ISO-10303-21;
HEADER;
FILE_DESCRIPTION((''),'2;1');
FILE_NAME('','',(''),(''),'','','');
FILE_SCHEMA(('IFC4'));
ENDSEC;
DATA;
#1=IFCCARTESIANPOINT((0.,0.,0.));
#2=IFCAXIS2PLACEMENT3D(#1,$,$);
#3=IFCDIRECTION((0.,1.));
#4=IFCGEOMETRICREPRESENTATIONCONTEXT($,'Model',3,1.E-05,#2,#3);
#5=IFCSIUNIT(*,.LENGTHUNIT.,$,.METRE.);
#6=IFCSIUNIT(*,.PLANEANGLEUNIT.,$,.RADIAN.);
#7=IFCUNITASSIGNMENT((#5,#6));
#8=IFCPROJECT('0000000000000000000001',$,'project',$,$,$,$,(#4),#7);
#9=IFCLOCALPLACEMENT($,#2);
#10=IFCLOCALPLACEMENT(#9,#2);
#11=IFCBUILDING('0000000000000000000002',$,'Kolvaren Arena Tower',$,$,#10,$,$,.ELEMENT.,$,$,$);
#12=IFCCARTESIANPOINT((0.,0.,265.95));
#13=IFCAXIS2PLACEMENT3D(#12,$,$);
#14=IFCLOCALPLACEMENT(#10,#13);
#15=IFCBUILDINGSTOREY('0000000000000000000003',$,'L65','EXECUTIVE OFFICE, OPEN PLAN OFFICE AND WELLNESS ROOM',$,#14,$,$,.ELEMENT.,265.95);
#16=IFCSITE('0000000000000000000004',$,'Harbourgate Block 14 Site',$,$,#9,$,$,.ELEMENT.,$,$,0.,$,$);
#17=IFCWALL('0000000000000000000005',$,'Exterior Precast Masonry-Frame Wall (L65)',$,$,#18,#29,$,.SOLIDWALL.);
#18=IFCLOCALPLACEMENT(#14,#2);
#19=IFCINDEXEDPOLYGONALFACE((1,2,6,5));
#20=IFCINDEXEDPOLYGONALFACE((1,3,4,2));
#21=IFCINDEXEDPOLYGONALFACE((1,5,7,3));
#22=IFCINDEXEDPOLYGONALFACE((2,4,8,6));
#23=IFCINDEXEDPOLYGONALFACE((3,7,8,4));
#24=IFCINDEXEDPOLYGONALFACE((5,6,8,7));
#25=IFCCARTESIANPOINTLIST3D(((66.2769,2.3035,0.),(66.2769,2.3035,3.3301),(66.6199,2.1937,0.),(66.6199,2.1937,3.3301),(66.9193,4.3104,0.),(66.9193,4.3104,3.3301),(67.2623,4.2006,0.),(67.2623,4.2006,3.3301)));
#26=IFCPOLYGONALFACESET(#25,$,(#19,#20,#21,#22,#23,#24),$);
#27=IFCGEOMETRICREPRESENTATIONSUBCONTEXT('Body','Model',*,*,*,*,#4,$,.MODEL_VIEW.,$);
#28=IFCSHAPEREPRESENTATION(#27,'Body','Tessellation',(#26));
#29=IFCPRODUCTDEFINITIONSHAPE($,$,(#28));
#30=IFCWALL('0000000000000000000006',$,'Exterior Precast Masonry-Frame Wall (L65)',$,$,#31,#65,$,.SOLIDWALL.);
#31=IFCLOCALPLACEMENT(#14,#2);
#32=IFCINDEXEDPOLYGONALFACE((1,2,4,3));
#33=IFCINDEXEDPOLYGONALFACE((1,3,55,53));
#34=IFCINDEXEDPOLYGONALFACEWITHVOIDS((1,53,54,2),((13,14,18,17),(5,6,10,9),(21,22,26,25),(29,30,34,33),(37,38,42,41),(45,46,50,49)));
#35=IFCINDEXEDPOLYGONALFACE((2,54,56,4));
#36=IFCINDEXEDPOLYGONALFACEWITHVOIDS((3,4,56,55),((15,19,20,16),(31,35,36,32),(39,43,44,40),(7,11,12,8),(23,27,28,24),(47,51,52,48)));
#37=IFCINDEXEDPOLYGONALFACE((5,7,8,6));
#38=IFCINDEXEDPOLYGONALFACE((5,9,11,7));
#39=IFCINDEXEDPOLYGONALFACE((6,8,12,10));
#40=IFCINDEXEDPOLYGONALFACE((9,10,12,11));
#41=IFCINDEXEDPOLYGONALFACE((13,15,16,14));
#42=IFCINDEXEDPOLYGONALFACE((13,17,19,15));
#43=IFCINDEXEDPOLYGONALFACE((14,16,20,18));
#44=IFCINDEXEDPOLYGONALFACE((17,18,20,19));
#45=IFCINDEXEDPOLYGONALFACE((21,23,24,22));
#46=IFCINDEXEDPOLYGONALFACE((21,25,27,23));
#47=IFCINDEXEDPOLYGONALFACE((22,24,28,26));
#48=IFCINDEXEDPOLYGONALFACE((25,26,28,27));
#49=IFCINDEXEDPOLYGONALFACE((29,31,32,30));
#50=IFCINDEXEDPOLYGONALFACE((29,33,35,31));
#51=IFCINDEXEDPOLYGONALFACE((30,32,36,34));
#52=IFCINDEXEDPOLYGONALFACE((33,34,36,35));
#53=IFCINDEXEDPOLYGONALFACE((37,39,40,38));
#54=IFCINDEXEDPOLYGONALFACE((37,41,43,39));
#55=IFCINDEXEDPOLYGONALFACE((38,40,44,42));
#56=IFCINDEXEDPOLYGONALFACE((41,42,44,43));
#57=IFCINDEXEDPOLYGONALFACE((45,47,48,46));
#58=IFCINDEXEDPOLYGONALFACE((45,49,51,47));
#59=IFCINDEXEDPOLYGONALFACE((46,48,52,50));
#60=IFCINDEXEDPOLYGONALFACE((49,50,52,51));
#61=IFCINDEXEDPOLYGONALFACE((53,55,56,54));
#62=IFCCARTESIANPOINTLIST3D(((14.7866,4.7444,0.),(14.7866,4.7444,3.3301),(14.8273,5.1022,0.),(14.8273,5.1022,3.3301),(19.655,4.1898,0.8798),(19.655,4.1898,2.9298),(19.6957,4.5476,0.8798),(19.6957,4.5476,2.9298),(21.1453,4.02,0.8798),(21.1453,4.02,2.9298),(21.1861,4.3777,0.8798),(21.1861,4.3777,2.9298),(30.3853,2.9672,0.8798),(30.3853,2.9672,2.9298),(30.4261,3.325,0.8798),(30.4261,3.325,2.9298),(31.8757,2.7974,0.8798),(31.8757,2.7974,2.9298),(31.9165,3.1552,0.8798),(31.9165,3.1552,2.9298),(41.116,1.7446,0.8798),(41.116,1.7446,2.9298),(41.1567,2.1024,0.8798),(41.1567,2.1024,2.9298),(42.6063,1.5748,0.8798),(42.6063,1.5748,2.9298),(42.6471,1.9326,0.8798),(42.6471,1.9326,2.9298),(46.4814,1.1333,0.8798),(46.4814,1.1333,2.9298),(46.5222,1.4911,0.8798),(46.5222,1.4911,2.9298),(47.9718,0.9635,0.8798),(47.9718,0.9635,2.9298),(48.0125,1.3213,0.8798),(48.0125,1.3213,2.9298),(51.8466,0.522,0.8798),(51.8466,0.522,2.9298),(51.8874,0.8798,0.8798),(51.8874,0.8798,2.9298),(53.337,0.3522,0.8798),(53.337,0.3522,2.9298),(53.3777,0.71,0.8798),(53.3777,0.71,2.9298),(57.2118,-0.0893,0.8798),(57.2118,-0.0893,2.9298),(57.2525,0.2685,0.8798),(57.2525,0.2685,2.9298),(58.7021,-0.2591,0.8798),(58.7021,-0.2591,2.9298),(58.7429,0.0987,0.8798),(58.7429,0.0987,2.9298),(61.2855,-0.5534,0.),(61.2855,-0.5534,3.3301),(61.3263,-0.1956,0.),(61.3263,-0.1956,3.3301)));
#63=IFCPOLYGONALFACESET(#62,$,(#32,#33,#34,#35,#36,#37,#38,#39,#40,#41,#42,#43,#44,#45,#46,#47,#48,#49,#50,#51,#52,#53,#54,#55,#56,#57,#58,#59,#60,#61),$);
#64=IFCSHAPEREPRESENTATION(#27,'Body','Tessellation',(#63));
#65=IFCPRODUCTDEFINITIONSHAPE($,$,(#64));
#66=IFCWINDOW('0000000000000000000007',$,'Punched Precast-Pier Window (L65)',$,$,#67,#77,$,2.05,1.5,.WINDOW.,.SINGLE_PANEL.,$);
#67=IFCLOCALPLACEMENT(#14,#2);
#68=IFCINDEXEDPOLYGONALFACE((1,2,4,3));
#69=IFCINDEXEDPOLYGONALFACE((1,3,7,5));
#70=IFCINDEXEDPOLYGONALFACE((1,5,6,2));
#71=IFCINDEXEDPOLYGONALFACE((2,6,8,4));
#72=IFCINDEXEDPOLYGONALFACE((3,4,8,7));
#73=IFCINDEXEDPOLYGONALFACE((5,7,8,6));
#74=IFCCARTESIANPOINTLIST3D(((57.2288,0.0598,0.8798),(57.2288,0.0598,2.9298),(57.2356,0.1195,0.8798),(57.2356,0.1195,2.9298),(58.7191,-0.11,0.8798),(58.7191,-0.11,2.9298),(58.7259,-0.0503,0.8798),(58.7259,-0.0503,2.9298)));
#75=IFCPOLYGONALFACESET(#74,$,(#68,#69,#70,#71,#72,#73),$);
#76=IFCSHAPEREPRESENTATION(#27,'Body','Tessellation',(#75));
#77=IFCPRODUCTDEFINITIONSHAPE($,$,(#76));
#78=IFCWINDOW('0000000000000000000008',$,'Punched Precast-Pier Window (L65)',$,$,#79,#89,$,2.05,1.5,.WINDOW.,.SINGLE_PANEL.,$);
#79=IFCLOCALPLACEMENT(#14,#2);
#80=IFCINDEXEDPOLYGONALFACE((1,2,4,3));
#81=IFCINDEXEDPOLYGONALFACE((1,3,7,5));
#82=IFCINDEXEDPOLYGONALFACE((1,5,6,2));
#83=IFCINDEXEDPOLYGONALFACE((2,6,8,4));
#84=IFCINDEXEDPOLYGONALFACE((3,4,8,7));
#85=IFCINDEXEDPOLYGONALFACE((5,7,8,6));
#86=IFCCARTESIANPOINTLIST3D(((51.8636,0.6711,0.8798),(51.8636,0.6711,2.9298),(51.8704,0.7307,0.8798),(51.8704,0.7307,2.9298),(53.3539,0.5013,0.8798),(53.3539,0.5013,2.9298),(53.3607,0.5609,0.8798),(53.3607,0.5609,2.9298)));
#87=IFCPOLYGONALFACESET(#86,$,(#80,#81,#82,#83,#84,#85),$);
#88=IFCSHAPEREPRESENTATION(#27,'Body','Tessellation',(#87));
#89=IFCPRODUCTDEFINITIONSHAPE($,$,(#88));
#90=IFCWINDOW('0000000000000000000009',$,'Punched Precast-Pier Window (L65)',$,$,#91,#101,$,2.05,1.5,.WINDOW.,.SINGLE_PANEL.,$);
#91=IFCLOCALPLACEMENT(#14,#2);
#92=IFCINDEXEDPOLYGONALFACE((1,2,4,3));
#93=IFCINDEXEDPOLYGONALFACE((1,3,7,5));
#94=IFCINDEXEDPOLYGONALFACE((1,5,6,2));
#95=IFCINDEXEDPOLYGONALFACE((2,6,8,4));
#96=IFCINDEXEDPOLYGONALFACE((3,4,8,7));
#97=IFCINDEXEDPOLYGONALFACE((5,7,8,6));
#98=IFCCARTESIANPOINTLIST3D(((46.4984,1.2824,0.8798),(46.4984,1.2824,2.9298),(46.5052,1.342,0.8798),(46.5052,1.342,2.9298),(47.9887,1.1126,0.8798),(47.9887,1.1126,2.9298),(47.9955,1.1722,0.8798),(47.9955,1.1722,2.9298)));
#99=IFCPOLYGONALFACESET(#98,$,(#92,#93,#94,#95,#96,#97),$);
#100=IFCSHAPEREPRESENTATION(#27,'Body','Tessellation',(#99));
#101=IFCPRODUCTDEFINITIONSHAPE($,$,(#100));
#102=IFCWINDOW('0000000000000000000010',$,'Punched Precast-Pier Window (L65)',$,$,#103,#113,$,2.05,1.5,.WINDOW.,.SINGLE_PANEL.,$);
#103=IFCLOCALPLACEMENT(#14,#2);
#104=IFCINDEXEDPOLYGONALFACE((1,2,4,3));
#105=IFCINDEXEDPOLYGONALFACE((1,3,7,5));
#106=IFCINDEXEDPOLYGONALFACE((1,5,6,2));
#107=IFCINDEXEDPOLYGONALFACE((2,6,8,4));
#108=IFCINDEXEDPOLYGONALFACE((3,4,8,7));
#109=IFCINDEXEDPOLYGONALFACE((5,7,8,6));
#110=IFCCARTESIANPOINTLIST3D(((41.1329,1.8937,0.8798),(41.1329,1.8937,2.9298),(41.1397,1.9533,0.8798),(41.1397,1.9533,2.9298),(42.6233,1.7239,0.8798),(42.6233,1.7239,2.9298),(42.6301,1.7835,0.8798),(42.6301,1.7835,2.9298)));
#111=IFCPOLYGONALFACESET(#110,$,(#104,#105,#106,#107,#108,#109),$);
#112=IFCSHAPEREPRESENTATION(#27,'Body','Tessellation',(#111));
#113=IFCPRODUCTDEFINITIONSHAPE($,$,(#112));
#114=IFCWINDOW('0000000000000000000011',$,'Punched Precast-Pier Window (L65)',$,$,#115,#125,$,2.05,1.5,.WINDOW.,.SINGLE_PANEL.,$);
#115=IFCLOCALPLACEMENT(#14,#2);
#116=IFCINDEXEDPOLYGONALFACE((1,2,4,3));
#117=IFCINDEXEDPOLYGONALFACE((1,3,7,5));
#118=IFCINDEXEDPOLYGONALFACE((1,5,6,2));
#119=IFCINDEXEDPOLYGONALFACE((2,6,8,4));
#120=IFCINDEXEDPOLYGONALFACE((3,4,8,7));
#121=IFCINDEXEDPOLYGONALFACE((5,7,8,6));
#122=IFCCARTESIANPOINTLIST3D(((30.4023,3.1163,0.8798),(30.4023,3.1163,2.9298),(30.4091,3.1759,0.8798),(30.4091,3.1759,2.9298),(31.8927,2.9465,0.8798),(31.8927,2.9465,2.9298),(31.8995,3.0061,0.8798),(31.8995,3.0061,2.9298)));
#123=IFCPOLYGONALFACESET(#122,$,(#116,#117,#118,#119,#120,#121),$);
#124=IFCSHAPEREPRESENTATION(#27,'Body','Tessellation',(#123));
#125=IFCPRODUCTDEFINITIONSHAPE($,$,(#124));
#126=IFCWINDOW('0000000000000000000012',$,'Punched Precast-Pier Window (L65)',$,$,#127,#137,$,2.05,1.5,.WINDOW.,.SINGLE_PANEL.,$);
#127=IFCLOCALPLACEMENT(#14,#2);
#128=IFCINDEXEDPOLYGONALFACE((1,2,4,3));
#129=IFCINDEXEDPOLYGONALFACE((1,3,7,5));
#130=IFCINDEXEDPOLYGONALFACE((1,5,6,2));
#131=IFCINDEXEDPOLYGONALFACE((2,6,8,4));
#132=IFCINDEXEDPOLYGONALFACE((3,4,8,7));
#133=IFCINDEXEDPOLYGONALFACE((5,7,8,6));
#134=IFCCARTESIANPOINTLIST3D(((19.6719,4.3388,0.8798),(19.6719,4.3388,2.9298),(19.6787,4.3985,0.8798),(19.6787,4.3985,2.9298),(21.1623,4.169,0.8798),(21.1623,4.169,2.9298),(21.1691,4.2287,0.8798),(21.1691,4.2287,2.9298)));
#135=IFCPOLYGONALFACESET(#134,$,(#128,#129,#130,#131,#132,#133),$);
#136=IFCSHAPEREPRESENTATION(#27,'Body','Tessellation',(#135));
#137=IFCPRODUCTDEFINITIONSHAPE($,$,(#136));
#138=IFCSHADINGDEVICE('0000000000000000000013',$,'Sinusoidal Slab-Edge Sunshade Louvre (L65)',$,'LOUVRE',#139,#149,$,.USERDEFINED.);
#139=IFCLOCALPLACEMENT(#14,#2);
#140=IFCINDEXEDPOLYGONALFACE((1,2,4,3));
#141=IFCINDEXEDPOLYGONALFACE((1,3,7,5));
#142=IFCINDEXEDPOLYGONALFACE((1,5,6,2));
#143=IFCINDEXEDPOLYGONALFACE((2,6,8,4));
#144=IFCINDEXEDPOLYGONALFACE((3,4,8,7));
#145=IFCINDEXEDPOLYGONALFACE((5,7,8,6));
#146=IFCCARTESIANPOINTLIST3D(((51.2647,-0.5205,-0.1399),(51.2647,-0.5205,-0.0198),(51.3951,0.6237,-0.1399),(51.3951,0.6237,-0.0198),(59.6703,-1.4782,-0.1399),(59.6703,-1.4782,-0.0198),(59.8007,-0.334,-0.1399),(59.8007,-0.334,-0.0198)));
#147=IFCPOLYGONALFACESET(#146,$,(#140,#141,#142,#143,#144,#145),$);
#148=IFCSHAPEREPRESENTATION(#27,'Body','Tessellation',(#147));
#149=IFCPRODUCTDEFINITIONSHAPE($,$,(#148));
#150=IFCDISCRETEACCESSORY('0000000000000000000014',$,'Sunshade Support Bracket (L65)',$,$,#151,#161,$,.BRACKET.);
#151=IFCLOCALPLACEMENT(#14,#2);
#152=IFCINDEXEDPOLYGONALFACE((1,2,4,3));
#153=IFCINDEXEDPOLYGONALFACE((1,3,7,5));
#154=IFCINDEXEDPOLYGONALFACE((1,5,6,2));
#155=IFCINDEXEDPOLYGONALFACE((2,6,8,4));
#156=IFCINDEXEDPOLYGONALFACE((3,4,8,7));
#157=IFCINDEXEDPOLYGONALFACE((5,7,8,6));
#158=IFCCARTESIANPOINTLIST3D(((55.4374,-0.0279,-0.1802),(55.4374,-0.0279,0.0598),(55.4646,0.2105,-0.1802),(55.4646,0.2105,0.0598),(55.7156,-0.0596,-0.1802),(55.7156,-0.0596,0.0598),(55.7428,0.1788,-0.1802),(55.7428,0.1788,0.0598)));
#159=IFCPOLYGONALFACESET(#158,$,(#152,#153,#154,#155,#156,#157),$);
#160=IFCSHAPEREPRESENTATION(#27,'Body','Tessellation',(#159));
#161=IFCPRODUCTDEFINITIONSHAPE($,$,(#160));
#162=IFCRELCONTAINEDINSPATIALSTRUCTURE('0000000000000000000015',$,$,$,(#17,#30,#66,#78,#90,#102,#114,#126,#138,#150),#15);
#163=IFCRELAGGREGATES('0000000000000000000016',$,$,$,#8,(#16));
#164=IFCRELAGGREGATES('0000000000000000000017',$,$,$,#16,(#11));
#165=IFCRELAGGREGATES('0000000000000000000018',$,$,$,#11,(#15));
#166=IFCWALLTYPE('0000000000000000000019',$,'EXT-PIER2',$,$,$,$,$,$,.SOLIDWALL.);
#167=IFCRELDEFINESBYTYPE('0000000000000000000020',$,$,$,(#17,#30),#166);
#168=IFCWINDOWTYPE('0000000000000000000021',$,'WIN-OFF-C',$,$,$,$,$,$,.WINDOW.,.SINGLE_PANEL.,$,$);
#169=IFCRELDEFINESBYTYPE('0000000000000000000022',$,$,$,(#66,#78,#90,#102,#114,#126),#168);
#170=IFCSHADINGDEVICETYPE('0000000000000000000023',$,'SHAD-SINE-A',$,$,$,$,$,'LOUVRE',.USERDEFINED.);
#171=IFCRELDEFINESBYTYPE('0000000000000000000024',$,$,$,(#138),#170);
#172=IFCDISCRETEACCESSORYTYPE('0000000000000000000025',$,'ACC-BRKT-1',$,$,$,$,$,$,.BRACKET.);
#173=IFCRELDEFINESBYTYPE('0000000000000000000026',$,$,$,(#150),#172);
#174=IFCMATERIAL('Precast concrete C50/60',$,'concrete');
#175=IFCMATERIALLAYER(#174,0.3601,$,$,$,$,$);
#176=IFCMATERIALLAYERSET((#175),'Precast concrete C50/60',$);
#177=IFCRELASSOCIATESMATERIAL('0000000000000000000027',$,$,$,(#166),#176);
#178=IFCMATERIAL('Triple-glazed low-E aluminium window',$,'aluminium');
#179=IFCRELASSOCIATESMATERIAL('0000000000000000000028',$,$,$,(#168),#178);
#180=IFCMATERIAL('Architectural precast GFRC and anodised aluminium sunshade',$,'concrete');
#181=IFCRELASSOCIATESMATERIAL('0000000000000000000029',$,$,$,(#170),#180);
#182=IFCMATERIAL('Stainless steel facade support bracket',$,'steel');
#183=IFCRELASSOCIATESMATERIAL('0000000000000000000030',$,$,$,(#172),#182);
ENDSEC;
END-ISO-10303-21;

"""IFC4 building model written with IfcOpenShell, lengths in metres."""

from ifc_helpers import new_model, si_unit, direction, frame, frame_2d, origin, origin_2d, place, context, subcontext, project, spatial, rectangle, extrude, material, layer, layer_set, type_object, element, fill, save


model = new_model("IFC4")

# Units and contexts
model_context = context("Model", 3, precision=1e-05, world=origin(), true_north=direction((0.0, 1.0)))
body_context = subcontext(model_context, "Body", "Model", "MODEL_VIEW")
ifc_project = project(units=[si_unit("LENGTHUNIT", "METRE"), si_unit("PLANEANGLEUNIT", "RADIAN")], contexts=[model_context])

# Site, building, storey
site_placement = place(None, origin())
site = spatial("IfcSite", under=ifc_project, at=site_placement, Name="Harbourgate Block 14 Site", CompositionType="ELEMENT", RefElevation=0.0)
building_placement = place(site_placement, origin())
building = spatial("IfcBuilding", under=site, at=building_placement, Name="Kolvaren Arena Tower", CompositionType="ELEMENT")
storey_placement = place(building_placement, frame((0.0, 0.0, 265.95)))
storey = spatial("IfcBuildingStorey", under=building, at=storey_placement, Name="L65", Description="EXECUTIVE OFFICE, OPEN PLAN OFFICE AND WELLNESS ROOM", CompositionType="ELEMENT", Elevation=265.95)

# Wall
ifc_material_1 = material(Name="Precast concrete C50/60", Category="concrete")
ifc_layer_1 = layer(ifc_material_1, 0.3601)
ifc_layer_set_1 = layer_set([ifc_layer_1], Name="Precast concrete C50/60")
wall_type_1 = type_object("IfcWallType", Name="EXT-PIER2", PredefinedType="SOLIDWALL", material=ifc_layer_set_1)
wall_1_placement = place(storey_placement, frame((67.0908, 4.2556, 0.0), z_axis=(0.0, 0.0, 1.0), x_axis=(-0.304839, -0.952404, 0.0)))
element("IfcWall", 1, at=wall_1_placement, inside=storey, type_object=wall_type_1, Name="Exterior Precast Masonry-Frame Wall (L65)", PredefinedType="SOLIDWALL", context=body_context, shape_type="SweptSolid", body=[
    extrude(rectangle(XDim=2.1072, YDim=0.3601, at=frame_2d((1.0537, 0.0))), origin(), (0.0, 0.0, 1.0), 3.3301),
])

# Wall, openings, windows
wall_2_placement = place(storey_placement, frame((61.3059, -0.3745, 0.0), z_axis=(0.0, 0.0, 1.0), x_axis=(-0.993572, 0.113202, 0.0)))
wall_2 = element("IfcWall", 2, at=wall_2_placement, inside=storey, type_object=wall_type_1, Name="Exterior Precast Masonry-Frame Wall (L65)", PredefinedType="SOLIDWALL", context=body_context, shape_type="SweptSolid", body=[
    extrude(rectangle(XDim=46.7998, YDim=0.3601, at=frame_2d((23.3999, 0.0))), origin(), (0.0, 0.0, 1.0), 3.3301),
])
opening_1_placement = place(wall_2_placement, frame((2.6001, 0.0, 0.8799)))
opening_1 = element("IfcOpeningElement", 3, at=opening_1_placement, cuts=wall_2, PredefinedType="OPENING", context=body_context, shape_type="SweptSolid", body=[
    extrude(rectangle(XDim=1.5, YDim=2.05, at=frame_2d((0.75, 1.0249))), frame((0.0, 0.1899, 0.0), z_axis=(0.0, -1.0, 0.0), x_axis=(1.0, 0.0, 0.0)), (0.0, 0.0, 1.0), 0.3801),
])
opening_2_placement = place(wall_2_placement, frame((8.0, 0.0, 0.8799)))
opening_2 = element("IfcOpeningElement", 4, at=opening_2_placement, cuts=wall_2, PredefinedType="OPENING", context=body_context, shape_type="SweptSolid", body=[
    extrude(rectangle(XDim=1.5, YDim=2.05, at=frame_2d((0.75, 1.0249))), frame((0.0, 0.1899, 0.0), z_axis=(0.0, -1.0, 0.0), x_axis=(1.0, 0.0, 0.0)), (0.0, 0.0, 1.0), 0.3801),
])
opening_3_placement = place(wall_2_placement, frame((13.3999, 0.0, 0.8799)))
opening_3 = element("IfcOpeningElement", 5, at=opening_3_placement, cuts=wall_2, PredefinedType="OPENING", context=body_context, shape_type="SweptSolid", body=[
    extrude(rectangle(XDim=1.5, YDim=2.05, at=frame_2d((0.75, 1.0249))), frame((0.0, 0.1899, 0.0), z_axis=(0.0, -1.0, 0.0), x_axis=(1.0, 0.0, 0.0)), (0.0, 0.0, 1.0), 0.3801),
])
opening_4_placement = place(wall_2_placement, frame((18.8, 0.0, 0.8799)))
opening_4 = element("IfcOpeningElement", 6, at=opening_4_placement, cuts=wall_2, PredefinedType="OPENING", context=body_context, shape_type="SweptSolid", body=[
    extrude(rectangle(XDim=1.5, YDim=2.05, at=frame_2d((0.75, 1.0249))), frame((0.0, 0.1899, 0.0), z_axis=(0.0, -1.0, 0.0), x_axis=(1.0, 0.0, 0.0)), (0.0, 0.0, 1.0), 0.3801),
])
opening_5_placement = place(wall_2_placement, frame((29.6001, 0.0, 0.8799)))
opening_5 = element("IfcOpeningElement", 7, at=opening_5_placement, cuts=wall_2, PredefinedType="OPENING", context=body_context, shape_type="SweptSolid", body=[
    extrude(rectangle(XDim=1.5, YDim=2.05, at=frame_2d((0.75, 1.0249))), frame((0.0, 0.1899, 0.0), z_axis=(0.0, -1.0, 0.0), x_axis=(1.0, 0.0, 0.0)), (0.0, 0.0, 1.0), 0.3801),
])
opening_6_placement = place(wall_2_placement, frame((40.3999, 0.0, 0.8799)))
opening_6 = element("IfcOpeningElement", 8, at=opening_6_placement, cuts=wall_2, PredefinedType="OPENING", context=body_context, shape_type="SweptSolid", body=[
    extrude(rectangle(XDim=1.5, YDim=2.05, at=frame_2d((0.75, 1.0249))), frame((0.0, 0.1899, 0.0), z_axis=(0.0, -1.0, 0.0), x_axis=(1.0, 0.0, 0.0)), (0.0, 0.0, 1.0), 0.3801),
])
ifc_material_2 = material(Name="Triple-glazed low-E aluminium window", Category="aluminium")
window_type = type_object("IfcWindowType", Name="WIN-OFF-C", PartitioningType="SINGLE_PANEL", PredefinedType="WINDOW", material=ifc_material_2)
window_1_placement = place(opening_1_placement, origin())
window_1 = element("IfcWindow", 9, at=window_1_placement, inside=storey, type_object=window_type, Name="Punched Precast-Pier Window (L65)", OverallHeight=2.05, OverallWidth=1.5, PartitioningType="SINGLE_PANEL", PredefinedType="WINDOW", context=body_context, shape_type="SweptSolid", body=[
    extrude(rectangle(XDim=1.5, YDim=2.05, at=frame_2d((0.75, 1.0249))), frame((0.0, 0.03, 0.0), z_axis=(0.0, -1.0, 0.0), x_axis=(1.0, 0.0, 0.0)), (0.0, 0.0, 1.0), 0.0601),
])
fill(opening_1, window_1)
window_2_placement = place(opening_2_placement, origin())
window_2 = element("IfcWindow", 10, at=window_2_placement, inside=storey, type_object=window_type, Name="Punched Precast-Pier Window (L65)", OverallHeight=2.05, OverallWidth=1.5, PartitioningType="SINGLE_PANEL", PredefinedType="WINDOW", context=body_context, shape_type="SweptSolid", body=[
    extrude(rectangle(XDim=1.5, YDim=2.05, at=frame_2d((0.75, 1.0249))), frame((0.0, 0.03, 0.0), z_axis=(0.0, -1.0, 0.0), x_axis=(1.0, 0.0, 0.0)), (0.0, 0.0, 1.0), 0.0601),
])
fill(opening_2, window_2)
window_3_placement = place(opening_3_placement, origin())
window_3 = element("IfcWindow", 11, at=window_3_placement, inside=storey, type_object=window_type, Name="Punched Precast-Pier Window (L65)", OverallHeight=2.05, OverallWidth=1.5, PartitioningType="SINGLE_PANEL", PredefinedType="WINDOW", context=body_context, shape_type="SweptSolid", body=[
    extrude(rectangle(XDim=1.5, YDim=2.05, at=frame_2d((0.75, 1.0249))), frame((0.0, 0.03, 0.0), z_axis=(0.0, -1.0, 0.0), x_axis=(1.0, 0.0, 0.0)), (0.0, 0.0, 1.0), 0.0601),
])
fill(opening_3, window_3)
window_4_placement = place(opening_4_placement, origin())
window_4 = element("IfcWindow", 12, at=window_4_placement, inside=storey, type_object=window_type, Name="Punched Precast-Pier Window (L65)", OverallHeight=2.05, OverallWidth=1.5, PartitioningType="SINGLE_PANEL", PredefinedType="WINDOW", context=body_context, shape_type="SweptSolid", body=[
    extrude(rectangle(XDim=1.5, YDim=2.05, at=frame_2d((0.75, 1.0249))), frame((0.0, 0.03, 0.0), z_axis=(0.0, -1.0, 0.0), x_axis=(1.0, 0.0, 0.0)), (0.0, 0.0, 1.0), 0.0601),
])
fill(opening_4, window_4)
window_5_placement = place(opening_5_placement, origin())
window_5 = element("IfcWindow", 13, at=window_5_placement, inside=storey, type_object=window_type, Name="Punched Precast-Pier Window (L65)", OverallHeight=2.05, OverallWidth=1.5, PartitioningType="SINGLE_PANEL", PredefinedType="WINDOW", context=body_context, shape_type="SweptSolid", body=[
    extrude(rectangle(XDim=1.5, YDim=2.05, at=frame_2d((0.75, 1.0249))), frame((0.0, 0.03, 0.0), z_axis=(0.0, -1.0, 0.0), x_axis=(1.0, 0.0, 0.0)), (0.0, 0.0, 1.0), 0.0601),
])
fill(opening_5, window_5)
window_6_placement = place(opening_6_placement, origin())
window_6 = element("IfcWindow", 14, at=window_6_placement, inside=storey, type_object=window_type, Name="Punched Precast-Pier Window (L65)", OverallHeight=2.05, OverallWidth=1.5, PartitioningType="SINGLE_PANEL", PredefinedType="WINDOW", context=body_context, shape_type="SweptSolid", body=[
    extrude(rectangle(XDim=1.5, YDim=2.05, at=frame_2d((0.75, 1.0249))), frame((0.0, 0.03, 0.0), z_axis=(0.0, -1.0, 0.0), x_axis=(1.0, 0.0, 0.0)), (0.0, 0.0, 1.0), 0.0601),
])
fill(opening_6, window_6)

# Shading device
ifc_material_3 = material(Name="Architectural precast GFRC and anodised aluminium sunshade", Category="concrete")
shading_device_type = type_object("IfcShadingDeviceType", Name="SHAD-SINE-A", ElementType="LOUVRE", PredefinedType="USERDEFINED", material=ifc_material_3)
shading_device_placement = place(storey_placement, frame((55.5327, -0.4272, -0.1399), z_axis=(0.0, 0.0, 1.0), x_axis=(-0.993572, 0.113205, 0.0)))
element("IfcShadingDevice", 15, at=shading_device_placement, inside=storey, type_object=shading_device_type, Name="Sinusoidal Slab-Edge Sunshade Louvre (L65)", ObjectType="LOUVRE", PredefinedType="USERDEFINED", context=body_context, shape_type="SweptSolid", body=[
    extrude(rectangle(XDim=8.46, YDim=1.1516, at=origin_2d()), origin(), (0.0, 0.0, 1.0), 0.1201),
])

# Discrete accessory
ifc_material_4 = material(Name="Stainless steel facade support bracket", Category="steel")
discrete_accessory_type = type_object("IfcDiscreteAccessoryType", Name="ACC-BRKT-1", PredefinedType="BRACKET", material=ifc_material_4)
discrete_accessory_placement = place(storey_placement, frame((55.5901, 0.0754, -0.1802), z_axis=(0.0, 0.0, 1.0), x_axis=(-0.993572, 0.113205, 0.0)))
element("IfcDiscreteAccessory", 16, at=discrete_accessory_placement, inside=storey, type_object=discrete_accessory_type, Name="Sunshade Support Bracket (L65)", PredefinedType="BRACKET", context=body_context, shape_type="SweptSolid", body=[
    extrude(rectangle(XDim=0.28, YDim=0.24, at=origin_2d()), origin(), (0.0, 0.0, 1.0), 0.24),
])

save(model, "model.ifc")
